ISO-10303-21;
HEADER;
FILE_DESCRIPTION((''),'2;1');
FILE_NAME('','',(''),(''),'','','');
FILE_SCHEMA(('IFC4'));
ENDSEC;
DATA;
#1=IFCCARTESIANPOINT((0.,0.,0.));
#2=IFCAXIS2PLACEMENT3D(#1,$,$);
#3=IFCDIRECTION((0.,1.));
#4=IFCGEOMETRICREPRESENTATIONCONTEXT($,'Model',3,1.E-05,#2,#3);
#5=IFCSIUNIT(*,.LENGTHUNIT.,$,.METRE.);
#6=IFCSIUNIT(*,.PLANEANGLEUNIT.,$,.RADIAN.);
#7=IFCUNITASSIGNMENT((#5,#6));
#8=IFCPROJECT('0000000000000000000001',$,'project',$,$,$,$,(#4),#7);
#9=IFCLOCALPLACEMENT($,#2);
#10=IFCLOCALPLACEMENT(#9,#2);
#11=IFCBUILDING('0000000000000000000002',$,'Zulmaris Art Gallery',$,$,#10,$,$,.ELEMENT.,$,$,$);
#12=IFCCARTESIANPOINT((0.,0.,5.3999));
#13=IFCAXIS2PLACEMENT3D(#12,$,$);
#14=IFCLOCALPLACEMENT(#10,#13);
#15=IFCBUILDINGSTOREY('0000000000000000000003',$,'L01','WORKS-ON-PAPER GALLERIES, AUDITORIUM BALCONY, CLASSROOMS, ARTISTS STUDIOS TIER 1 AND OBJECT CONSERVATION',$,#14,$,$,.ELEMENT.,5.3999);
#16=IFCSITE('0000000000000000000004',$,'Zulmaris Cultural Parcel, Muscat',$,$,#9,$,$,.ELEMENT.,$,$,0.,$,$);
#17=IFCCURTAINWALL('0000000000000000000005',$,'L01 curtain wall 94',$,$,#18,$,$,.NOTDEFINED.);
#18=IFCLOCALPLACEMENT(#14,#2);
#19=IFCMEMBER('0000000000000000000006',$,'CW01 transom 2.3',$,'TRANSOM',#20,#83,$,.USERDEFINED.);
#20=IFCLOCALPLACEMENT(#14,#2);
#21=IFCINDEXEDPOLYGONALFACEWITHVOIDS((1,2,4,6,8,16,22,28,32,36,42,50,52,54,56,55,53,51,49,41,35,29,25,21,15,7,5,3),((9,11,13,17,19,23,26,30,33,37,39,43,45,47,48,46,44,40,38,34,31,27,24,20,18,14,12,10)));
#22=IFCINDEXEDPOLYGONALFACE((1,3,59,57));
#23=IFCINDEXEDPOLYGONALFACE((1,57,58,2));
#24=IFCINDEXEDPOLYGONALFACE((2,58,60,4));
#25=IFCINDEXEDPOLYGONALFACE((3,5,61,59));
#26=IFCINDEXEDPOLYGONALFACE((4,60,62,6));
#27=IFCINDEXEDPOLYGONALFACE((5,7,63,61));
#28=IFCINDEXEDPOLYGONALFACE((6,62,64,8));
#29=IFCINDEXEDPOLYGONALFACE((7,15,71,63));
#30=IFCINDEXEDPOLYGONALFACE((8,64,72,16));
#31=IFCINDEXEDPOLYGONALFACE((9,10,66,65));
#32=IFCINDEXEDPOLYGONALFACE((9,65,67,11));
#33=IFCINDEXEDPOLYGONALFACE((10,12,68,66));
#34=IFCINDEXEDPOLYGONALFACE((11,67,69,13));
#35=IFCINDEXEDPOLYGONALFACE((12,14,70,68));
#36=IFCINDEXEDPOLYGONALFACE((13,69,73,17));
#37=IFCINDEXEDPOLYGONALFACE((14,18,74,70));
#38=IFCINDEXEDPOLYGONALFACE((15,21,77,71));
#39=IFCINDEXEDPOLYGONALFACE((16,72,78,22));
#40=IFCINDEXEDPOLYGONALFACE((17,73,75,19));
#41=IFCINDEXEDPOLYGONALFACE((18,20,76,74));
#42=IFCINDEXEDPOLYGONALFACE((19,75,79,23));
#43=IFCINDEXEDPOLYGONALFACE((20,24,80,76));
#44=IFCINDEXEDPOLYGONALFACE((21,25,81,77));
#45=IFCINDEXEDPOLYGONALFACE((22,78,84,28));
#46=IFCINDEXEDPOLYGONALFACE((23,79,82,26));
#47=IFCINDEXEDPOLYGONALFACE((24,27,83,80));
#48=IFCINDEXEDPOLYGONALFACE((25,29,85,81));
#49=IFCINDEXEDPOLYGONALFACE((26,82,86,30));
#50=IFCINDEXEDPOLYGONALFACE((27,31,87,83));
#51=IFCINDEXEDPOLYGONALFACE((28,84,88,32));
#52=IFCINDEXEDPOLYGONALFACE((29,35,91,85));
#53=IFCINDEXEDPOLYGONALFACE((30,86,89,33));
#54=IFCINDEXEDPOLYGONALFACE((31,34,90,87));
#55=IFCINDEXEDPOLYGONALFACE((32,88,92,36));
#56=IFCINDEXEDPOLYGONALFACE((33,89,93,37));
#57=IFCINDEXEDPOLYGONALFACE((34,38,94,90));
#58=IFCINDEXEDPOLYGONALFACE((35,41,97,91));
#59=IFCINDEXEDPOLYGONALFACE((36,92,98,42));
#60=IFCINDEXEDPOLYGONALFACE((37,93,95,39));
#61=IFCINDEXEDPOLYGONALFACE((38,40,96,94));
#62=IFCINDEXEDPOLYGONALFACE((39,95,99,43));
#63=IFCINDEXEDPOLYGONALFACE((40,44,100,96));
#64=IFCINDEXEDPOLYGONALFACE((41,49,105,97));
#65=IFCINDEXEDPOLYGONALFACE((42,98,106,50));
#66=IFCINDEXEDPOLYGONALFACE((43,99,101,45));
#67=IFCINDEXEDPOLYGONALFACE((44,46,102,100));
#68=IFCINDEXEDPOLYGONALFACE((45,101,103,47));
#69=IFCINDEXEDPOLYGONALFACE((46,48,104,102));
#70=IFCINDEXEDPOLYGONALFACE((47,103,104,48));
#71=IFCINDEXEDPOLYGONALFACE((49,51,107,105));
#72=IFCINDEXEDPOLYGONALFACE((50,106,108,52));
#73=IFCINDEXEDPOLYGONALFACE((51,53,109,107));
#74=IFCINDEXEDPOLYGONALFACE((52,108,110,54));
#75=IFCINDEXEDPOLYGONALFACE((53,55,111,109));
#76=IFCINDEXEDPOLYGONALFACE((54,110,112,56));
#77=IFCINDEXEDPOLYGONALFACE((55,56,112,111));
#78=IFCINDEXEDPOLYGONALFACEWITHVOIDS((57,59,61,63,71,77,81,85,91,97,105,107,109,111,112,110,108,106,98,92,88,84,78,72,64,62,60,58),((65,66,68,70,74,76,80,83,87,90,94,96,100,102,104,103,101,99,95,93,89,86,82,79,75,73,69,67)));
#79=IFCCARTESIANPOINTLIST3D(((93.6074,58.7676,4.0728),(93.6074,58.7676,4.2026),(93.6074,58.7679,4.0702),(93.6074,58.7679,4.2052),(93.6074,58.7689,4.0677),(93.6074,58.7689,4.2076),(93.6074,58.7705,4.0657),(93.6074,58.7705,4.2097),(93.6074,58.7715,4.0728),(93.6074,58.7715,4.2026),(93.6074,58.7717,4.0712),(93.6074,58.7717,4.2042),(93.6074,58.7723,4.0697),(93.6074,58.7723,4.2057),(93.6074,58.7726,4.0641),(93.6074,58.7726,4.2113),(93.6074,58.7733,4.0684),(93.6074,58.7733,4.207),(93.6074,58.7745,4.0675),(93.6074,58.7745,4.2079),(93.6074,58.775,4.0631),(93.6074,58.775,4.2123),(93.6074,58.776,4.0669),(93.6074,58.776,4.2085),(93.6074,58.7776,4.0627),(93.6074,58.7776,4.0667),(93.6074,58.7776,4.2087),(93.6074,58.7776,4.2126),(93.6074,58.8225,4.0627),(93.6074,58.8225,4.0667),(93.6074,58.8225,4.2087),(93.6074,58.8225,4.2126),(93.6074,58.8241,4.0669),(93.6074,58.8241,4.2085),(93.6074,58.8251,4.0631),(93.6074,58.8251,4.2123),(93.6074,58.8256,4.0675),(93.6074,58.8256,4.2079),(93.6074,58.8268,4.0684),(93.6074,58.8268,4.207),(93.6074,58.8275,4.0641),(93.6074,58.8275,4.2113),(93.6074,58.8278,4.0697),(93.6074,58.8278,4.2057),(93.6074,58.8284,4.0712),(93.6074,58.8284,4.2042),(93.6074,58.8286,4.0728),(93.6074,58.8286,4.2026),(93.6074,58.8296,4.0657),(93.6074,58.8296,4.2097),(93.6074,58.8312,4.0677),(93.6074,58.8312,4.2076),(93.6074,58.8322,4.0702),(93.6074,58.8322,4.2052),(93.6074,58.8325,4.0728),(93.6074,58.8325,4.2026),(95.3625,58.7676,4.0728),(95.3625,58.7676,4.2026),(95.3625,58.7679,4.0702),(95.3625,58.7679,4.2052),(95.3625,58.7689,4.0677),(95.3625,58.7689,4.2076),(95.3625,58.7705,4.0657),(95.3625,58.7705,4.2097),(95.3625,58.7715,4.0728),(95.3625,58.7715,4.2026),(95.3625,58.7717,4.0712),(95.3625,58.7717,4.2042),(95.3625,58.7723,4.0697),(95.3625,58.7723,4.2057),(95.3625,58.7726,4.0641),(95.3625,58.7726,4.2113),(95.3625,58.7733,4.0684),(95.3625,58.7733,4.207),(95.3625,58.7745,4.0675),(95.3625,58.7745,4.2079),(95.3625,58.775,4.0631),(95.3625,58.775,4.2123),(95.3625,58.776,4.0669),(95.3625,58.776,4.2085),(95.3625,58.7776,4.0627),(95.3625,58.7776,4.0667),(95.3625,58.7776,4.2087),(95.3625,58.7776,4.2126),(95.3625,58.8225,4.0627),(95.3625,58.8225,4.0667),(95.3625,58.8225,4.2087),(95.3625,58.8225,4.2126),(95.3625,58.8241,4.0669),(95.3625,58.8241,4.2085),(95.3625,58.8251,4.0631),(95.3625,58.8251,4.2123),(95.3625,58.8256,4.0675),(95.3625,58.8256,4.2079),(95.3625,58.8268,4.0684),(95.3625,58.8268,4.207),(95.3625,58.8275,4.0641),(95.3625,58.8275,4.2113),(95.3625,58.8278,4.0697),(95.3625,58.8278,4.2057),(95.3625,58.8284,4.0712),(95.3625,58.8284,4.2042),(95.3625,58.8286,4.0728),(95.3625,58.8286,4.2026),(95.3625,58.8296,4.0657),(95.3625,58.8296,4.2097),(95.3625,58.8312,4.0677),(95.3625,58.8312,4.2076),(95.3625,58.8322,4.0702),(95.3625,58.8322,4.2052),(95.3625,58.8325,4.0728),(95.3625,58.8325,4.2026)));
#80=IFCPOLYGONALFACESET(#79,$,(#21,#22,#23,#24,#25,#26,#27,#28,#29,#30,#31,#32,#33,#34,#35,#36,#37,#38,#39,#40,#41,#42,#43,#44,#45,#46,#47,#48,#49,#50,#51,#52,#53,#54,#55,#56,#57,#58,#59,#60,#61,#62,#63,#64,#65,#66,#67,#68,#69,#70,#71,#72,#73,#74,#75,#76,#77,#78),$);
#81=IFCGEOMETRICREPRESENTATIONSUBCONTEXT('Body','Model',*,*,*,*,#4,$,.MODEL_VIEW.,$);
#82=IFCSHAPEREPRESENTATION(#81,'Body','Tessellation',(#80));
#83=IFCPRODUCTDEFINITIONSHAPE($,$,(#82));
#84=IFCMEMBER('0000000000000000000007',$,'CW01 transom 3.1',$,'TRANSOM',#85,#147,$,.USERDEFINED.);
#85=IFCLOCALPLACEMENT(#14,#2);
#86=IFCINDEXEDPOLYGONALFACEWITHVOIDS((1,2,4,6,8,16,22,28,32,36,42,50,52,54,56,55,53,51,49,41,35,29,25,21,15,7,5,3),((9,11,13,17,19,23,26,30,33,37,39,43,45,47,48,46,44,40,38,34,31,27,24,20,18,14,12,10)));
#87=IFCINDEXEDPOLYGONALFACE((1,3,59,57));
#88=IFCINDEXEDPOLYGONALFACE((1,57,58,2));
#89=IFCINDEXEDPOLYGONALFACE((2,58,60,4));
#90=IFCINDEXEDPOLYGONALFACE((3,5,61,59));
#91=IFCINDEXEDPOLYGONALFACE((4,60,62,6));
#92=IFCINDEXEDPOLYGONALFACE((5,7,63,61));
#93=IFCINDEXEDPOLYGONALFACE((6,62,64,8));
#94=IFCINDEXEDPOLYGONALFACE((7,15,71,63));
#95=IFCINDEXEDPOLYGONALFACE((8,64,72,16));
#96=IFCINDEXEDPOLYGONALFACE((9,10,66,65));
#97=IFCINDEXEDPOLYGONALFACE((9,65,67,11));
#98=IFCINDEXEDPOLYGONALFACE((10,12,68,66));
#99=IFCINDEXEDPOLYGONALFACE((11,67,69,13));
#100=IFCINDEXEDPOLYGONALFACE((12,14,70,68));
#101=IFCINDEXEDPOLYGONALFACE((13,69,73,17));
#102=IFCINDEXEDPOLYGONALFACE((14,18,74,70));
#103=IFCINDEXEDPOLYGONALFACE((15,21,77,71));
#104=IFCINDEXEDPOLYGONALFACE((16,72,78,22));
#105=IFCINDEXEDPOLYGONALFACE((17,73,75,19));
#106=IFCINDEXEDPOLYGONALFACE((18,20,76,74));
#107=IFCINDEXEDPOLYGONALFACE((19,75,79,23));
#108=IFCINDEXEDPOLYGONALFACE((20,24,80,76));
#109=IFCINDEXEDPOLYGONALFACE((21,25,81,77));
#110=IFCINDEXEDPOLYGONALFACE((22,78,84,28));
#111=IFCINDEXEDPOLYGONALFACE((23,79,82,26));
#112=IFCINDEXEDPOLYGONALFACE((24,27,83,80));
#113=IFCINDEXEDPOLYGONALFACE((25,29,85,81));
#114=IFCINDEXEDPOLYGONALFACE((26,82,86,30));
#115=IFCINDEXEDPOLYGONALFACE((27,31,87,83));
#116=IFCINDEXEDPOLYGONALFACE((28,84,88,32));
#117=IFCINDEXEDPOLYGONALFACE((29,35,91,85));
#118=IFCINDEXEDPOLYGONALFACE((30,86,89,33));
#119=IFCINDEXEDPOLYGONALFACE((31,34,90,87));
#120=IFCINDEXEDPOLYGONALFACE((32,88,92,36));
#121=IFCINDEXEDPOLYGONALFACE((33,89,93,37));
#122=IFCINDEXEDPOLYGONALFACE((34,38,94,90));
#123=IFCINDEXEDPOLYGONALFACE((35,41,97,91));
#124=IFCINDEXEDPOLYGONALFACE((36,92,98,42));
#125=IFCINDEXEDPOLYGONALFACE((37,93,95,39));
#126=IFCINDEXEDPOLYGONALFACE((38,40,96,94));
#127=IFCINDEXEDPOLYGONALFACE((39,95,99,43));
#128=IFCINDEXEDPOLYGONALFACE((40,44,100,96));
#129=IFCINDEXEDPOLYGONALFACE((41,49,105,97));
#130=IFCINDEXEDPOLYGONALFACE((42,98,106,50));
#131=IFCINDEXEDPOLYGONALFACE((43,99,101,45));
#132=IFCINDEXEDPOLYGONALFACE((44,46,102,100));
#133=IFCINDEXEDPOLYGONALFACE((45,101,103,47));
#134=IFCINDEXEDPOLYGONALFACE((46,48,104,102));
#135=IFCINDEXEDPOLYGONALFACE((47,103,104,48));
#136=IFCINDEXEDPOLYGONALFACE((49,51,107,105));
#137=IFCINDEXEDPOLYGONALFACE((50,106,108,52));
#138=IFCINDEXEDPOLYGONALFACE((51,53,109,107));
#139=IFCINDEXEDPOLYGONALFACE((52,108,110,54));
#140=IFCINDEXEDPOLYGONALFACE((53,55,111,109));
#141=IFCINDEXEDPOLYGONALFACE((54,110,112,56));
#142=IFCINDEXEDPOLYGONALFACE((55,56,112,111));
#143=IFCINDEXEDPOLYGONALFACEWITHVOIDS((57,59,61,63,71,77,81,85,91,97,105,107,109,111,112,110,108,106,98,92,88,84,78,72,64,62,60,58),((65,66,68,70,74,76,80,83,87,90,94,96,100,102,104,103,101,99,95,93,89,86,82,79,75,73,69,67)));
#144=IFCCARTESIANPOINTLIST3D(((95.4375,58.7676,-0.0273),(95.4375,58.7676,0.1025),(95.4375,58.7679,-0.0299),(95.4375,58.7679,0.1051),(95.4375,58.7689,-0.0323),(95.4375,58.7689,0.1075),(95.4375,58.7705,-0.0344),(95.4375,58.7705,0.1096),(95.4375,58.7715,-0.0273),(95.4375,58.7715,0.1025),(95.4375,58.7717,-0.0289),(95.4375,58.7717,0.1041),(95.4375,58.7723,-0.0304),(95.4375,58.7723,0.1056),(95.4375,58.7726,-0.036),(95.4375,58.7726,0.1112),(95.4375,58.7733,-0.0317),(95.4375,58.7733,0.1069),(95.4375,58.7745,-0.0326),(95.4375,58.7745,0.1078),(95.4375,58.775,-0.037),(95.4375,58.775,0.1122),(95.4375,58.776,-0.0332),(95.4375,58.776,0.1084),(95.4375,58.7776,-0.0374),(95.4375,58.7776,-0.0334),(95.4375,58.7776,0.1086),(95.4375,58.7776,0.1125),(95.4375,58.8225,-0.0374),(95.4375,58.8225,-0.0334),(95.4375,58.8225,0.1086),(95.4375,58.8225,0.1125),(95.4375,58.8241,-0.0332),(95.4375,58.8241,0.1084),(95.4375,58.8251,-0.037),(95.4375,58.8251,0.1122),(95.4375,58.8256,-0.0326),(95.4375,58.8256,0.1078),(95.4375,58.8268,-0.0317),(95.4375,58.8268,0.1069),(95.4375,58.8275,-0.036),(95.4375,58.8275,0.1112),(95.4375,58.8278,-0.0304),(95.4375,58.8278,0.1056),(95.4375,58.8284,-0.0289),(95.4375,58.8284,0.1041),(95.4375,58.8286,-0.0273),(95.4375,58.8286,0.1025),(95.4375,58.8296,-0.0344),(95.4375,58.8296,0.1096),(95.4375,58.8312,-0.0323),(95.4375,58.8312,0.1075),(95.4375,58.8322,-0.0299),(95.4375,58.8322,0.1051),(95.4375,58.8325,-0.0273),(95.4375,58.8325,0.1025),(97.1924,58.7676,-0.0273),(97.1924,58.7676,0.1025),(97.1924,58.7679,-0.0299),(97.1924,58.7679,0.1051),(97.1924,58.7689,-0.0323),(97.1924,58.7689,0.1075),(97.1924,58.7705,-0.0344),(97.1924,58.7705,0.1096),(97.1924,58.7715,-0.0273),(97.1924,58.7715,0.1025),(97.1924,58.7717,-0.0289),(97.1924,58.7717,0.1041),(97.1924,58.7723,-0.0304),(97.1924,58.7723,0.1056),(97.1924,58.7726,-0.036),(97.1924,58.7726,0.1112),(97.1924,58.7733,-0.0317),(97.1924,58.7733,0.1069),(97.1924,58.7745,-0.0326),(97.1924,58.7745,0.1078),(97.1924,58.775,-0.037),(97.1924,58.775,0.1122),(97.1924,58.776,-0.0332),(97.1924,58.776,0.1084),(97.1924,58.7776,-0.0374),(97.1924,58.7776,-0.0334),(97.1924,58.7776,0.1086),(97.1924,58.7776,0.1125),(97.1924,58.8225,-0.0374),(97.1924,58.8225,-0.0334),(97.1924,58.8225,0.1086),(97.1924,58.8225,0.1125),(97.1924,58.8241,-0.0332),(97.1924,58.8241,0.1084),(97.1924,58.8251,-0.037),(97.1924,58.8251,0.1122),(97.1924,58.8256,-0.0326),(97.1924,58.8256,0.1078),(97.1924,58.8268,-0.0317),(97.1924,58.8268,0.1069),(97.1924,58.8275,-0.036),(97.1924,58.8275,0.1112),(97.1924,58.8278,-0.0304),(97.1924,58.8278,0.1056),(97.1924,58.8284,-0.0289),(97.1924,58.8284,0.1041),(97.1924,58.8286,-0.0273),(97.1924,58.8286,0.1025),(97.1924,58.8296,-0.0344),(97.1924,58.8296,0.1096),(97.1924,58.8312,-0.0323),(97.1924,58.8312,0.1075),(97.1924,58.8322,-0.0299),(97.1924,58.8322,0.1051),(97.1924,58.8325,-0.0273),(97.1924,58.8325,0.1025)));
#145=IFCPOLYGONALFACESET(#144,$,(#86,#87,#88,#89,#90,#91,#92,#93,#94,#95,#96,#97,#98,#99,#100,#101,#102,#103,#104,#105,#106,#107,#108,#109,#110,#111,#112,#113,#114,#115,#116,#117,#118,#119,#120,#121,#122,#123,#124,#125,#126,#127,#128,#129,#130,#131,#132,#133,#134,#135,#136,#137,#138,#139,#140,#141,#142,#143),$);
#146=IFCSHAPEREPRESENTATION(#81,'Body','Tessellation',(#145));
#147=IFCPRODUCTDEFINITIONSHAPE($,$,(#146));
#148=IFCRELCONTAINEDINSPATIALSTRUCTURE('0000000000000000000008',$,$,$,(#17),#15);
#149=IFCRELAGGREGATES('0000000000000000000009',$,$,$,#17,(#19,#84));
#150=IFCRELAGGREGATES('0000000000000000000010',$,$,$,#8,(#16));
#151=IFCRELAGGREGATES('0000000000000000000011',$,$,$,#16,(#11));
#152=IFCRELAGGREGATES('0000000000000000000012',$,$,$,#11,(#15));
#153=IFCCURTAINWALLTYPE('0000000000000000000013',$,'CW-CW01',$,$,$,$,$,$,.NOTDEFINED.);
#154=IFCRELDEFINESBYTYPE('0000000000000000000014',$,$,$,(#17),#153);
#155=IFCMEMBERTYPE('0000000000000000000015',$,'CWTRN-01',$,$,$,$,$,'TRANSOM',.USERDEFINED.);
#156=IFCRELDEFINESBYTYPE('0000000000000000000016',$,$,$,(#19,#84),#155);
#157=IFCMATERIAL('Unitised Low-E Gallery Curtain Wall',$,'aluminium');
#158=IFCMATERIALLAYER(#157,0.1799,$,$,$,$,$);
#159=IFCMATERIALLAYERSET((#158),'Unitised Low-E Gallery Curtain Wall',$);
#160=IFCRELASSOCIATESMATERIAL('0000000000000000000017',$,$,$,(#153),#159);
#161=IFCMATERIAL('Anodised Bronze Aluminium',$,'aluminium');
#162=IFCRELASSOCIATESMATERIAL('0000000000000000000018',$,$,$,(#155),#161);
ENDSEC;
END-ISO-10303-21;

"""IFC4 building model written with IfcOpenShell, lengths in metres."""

from ifc_helpers import new_model, si_unit, direction, frame, origin, origin_2d, place, context, subcontext, project, spatial, hollow_rectangle, extrude, material, layer, layer_set, material_profile, profile_set, type_object, element, aggregate, save


model = new_model("IFC4")

# Units and contexts
model_context = context("Model", 3, precision=1e-05, world=origin(), true_north=direction((0.0, 1.0)))
body_context = subcontext(model_context, "Body", "Model", "MODEL_VIEW")
ifc_project = project(units=[si_unit("LENGTHUNIT", "METRE"), si_unit("PLANEANGLEUNIT", "RADIAN")], contexts=[model_context])

# Site, building, storey
site_placement = place(None, origin())
site = spatial("IfcSite", under=ifc_project, at=site_placement, Name="Zulmaris Cultural Parcel, Muscat", CompositionType="ELEMENT", RefElevation=0.0)
building_placement = place(site_placement, origin())
building = spatial("IfcBuilding", under=site, at=building_placement, Name="Zulmaris Art Gallery", CompositionType="ELEMENT")
storey_placement = place(building_placement, frame((0.0, 0.0, 5.3999)))
storey = spatial("IfcBuildingStorey", under=building, at=storey_placement, Name="L01", Description="WORKS-ON-PAPER GALLERIES, AUDITORIUM BALCONY, CLASSROOMS, ARTISTS STUDIOS TIER 1 AND OBJECT CONSERVATION", CompositionType="ELEMENT", Elevation=5.3999)

# Shared definitions
ifc_material_1 = material(Name="Anodised Bronze Aluminium", Category="aluminium")

# Curtain wall
ifc_material_2 = material(Name="Unitised Low-E Gallery Curtain Wall", Category="aluminium")
ifc_layer_1 = layer(ifc_material_2, 0.1799)
ifc_layer_set_1 = layer_set([ifc_layer_1], Name="Unitised Low-E Gallery Curtain Wall")
curtain_wall_type_1 = type_object("IfcCurtainWallType", Name="CW-CW01", PredefinedType="NOTDEFINED", material=ifc_layer_set_1)
curtain_wall_1_placement = place(storey_placement, origin())
curtain_wall_1 = element("IfcCurtainWall", 1, at=curtain_wall_1_placement, inside=storey, type_object=curtain_wall_type_1, Name="L01 curtain wall 94", PredefinedType="NOTDEFINED")

# Members
ifc_material_profile_1 = material_profile(ifc_material_1, hollow_rectangle(XDim=0.0649, YDim=0.1499, WallThickness=0.0039, InnerFilletRadius=0.0061, OuterFilletRadius=0.01, at=origin_2d()), Name="ALU 65x150x4")
ifc_profile_set_1 = profile_set([ifc_material_profile_1], Name="Anodised Bronze Aluminium")
member_type_1 = type_object("IfcMemberType", Name="CWTRN-01", ElementType="TRANSOM", PredefinedType="USERDEFINED", material=ifc_profile_set_1)
member_1_placement = place(storey_placement, frame((93.6074, 58.8, 4.1377), z_axis=(1.0, 0.0, 0.0), x_axis=(0.0, 1.0, 0.0)))
member_1 = element("IfcMember", 2, at=member_1_placement, type_object=member_type_1, Name="CW01 transom 2.3", ObjectType="TRANSOM", PredefinedType="USERDEFINED", context=body_context, shape_type="SweptSolid", body=[
    extrude(hollow_rectangle(XDim=0.0649, YDim=0.1499, WallThickness=0.0039, InnerFilletRadius=0.0061, OuterFilletRadius=0.01, at=origin_2d()), origin(), (0.0, 0.0, 1.0), 1.7551),
])
member_2_placement = place(storey_placement, frame((95.4375, 58.8, 0.0376), z_axis=(1.0, 0.0, 0.0), x_axis=(0.0, 1.0, 0.0)))
member_2 = element("IfcMember", 3, at=member_2_placement, type_object=member_type_1, Name="CW01 transom 3.1", ObjectType="TRANSOM", PredefinedType="USERDEFINED", context=body_context, shape_type="SweptSolid", body=[
    extrude(hollow_rectangle(XDim=0.0649, YDim=0.1499, WallThickness=0.0039, InnerFilletRadius=0.0061, OuterFilletRadius=0.01, at=origin_2d()), origin(), (0.0, 0.0, 1.0), 1.7549),
])

aggregate(curtain_wall_1, [member_1, member_2])

save(model, "model.ifc")
